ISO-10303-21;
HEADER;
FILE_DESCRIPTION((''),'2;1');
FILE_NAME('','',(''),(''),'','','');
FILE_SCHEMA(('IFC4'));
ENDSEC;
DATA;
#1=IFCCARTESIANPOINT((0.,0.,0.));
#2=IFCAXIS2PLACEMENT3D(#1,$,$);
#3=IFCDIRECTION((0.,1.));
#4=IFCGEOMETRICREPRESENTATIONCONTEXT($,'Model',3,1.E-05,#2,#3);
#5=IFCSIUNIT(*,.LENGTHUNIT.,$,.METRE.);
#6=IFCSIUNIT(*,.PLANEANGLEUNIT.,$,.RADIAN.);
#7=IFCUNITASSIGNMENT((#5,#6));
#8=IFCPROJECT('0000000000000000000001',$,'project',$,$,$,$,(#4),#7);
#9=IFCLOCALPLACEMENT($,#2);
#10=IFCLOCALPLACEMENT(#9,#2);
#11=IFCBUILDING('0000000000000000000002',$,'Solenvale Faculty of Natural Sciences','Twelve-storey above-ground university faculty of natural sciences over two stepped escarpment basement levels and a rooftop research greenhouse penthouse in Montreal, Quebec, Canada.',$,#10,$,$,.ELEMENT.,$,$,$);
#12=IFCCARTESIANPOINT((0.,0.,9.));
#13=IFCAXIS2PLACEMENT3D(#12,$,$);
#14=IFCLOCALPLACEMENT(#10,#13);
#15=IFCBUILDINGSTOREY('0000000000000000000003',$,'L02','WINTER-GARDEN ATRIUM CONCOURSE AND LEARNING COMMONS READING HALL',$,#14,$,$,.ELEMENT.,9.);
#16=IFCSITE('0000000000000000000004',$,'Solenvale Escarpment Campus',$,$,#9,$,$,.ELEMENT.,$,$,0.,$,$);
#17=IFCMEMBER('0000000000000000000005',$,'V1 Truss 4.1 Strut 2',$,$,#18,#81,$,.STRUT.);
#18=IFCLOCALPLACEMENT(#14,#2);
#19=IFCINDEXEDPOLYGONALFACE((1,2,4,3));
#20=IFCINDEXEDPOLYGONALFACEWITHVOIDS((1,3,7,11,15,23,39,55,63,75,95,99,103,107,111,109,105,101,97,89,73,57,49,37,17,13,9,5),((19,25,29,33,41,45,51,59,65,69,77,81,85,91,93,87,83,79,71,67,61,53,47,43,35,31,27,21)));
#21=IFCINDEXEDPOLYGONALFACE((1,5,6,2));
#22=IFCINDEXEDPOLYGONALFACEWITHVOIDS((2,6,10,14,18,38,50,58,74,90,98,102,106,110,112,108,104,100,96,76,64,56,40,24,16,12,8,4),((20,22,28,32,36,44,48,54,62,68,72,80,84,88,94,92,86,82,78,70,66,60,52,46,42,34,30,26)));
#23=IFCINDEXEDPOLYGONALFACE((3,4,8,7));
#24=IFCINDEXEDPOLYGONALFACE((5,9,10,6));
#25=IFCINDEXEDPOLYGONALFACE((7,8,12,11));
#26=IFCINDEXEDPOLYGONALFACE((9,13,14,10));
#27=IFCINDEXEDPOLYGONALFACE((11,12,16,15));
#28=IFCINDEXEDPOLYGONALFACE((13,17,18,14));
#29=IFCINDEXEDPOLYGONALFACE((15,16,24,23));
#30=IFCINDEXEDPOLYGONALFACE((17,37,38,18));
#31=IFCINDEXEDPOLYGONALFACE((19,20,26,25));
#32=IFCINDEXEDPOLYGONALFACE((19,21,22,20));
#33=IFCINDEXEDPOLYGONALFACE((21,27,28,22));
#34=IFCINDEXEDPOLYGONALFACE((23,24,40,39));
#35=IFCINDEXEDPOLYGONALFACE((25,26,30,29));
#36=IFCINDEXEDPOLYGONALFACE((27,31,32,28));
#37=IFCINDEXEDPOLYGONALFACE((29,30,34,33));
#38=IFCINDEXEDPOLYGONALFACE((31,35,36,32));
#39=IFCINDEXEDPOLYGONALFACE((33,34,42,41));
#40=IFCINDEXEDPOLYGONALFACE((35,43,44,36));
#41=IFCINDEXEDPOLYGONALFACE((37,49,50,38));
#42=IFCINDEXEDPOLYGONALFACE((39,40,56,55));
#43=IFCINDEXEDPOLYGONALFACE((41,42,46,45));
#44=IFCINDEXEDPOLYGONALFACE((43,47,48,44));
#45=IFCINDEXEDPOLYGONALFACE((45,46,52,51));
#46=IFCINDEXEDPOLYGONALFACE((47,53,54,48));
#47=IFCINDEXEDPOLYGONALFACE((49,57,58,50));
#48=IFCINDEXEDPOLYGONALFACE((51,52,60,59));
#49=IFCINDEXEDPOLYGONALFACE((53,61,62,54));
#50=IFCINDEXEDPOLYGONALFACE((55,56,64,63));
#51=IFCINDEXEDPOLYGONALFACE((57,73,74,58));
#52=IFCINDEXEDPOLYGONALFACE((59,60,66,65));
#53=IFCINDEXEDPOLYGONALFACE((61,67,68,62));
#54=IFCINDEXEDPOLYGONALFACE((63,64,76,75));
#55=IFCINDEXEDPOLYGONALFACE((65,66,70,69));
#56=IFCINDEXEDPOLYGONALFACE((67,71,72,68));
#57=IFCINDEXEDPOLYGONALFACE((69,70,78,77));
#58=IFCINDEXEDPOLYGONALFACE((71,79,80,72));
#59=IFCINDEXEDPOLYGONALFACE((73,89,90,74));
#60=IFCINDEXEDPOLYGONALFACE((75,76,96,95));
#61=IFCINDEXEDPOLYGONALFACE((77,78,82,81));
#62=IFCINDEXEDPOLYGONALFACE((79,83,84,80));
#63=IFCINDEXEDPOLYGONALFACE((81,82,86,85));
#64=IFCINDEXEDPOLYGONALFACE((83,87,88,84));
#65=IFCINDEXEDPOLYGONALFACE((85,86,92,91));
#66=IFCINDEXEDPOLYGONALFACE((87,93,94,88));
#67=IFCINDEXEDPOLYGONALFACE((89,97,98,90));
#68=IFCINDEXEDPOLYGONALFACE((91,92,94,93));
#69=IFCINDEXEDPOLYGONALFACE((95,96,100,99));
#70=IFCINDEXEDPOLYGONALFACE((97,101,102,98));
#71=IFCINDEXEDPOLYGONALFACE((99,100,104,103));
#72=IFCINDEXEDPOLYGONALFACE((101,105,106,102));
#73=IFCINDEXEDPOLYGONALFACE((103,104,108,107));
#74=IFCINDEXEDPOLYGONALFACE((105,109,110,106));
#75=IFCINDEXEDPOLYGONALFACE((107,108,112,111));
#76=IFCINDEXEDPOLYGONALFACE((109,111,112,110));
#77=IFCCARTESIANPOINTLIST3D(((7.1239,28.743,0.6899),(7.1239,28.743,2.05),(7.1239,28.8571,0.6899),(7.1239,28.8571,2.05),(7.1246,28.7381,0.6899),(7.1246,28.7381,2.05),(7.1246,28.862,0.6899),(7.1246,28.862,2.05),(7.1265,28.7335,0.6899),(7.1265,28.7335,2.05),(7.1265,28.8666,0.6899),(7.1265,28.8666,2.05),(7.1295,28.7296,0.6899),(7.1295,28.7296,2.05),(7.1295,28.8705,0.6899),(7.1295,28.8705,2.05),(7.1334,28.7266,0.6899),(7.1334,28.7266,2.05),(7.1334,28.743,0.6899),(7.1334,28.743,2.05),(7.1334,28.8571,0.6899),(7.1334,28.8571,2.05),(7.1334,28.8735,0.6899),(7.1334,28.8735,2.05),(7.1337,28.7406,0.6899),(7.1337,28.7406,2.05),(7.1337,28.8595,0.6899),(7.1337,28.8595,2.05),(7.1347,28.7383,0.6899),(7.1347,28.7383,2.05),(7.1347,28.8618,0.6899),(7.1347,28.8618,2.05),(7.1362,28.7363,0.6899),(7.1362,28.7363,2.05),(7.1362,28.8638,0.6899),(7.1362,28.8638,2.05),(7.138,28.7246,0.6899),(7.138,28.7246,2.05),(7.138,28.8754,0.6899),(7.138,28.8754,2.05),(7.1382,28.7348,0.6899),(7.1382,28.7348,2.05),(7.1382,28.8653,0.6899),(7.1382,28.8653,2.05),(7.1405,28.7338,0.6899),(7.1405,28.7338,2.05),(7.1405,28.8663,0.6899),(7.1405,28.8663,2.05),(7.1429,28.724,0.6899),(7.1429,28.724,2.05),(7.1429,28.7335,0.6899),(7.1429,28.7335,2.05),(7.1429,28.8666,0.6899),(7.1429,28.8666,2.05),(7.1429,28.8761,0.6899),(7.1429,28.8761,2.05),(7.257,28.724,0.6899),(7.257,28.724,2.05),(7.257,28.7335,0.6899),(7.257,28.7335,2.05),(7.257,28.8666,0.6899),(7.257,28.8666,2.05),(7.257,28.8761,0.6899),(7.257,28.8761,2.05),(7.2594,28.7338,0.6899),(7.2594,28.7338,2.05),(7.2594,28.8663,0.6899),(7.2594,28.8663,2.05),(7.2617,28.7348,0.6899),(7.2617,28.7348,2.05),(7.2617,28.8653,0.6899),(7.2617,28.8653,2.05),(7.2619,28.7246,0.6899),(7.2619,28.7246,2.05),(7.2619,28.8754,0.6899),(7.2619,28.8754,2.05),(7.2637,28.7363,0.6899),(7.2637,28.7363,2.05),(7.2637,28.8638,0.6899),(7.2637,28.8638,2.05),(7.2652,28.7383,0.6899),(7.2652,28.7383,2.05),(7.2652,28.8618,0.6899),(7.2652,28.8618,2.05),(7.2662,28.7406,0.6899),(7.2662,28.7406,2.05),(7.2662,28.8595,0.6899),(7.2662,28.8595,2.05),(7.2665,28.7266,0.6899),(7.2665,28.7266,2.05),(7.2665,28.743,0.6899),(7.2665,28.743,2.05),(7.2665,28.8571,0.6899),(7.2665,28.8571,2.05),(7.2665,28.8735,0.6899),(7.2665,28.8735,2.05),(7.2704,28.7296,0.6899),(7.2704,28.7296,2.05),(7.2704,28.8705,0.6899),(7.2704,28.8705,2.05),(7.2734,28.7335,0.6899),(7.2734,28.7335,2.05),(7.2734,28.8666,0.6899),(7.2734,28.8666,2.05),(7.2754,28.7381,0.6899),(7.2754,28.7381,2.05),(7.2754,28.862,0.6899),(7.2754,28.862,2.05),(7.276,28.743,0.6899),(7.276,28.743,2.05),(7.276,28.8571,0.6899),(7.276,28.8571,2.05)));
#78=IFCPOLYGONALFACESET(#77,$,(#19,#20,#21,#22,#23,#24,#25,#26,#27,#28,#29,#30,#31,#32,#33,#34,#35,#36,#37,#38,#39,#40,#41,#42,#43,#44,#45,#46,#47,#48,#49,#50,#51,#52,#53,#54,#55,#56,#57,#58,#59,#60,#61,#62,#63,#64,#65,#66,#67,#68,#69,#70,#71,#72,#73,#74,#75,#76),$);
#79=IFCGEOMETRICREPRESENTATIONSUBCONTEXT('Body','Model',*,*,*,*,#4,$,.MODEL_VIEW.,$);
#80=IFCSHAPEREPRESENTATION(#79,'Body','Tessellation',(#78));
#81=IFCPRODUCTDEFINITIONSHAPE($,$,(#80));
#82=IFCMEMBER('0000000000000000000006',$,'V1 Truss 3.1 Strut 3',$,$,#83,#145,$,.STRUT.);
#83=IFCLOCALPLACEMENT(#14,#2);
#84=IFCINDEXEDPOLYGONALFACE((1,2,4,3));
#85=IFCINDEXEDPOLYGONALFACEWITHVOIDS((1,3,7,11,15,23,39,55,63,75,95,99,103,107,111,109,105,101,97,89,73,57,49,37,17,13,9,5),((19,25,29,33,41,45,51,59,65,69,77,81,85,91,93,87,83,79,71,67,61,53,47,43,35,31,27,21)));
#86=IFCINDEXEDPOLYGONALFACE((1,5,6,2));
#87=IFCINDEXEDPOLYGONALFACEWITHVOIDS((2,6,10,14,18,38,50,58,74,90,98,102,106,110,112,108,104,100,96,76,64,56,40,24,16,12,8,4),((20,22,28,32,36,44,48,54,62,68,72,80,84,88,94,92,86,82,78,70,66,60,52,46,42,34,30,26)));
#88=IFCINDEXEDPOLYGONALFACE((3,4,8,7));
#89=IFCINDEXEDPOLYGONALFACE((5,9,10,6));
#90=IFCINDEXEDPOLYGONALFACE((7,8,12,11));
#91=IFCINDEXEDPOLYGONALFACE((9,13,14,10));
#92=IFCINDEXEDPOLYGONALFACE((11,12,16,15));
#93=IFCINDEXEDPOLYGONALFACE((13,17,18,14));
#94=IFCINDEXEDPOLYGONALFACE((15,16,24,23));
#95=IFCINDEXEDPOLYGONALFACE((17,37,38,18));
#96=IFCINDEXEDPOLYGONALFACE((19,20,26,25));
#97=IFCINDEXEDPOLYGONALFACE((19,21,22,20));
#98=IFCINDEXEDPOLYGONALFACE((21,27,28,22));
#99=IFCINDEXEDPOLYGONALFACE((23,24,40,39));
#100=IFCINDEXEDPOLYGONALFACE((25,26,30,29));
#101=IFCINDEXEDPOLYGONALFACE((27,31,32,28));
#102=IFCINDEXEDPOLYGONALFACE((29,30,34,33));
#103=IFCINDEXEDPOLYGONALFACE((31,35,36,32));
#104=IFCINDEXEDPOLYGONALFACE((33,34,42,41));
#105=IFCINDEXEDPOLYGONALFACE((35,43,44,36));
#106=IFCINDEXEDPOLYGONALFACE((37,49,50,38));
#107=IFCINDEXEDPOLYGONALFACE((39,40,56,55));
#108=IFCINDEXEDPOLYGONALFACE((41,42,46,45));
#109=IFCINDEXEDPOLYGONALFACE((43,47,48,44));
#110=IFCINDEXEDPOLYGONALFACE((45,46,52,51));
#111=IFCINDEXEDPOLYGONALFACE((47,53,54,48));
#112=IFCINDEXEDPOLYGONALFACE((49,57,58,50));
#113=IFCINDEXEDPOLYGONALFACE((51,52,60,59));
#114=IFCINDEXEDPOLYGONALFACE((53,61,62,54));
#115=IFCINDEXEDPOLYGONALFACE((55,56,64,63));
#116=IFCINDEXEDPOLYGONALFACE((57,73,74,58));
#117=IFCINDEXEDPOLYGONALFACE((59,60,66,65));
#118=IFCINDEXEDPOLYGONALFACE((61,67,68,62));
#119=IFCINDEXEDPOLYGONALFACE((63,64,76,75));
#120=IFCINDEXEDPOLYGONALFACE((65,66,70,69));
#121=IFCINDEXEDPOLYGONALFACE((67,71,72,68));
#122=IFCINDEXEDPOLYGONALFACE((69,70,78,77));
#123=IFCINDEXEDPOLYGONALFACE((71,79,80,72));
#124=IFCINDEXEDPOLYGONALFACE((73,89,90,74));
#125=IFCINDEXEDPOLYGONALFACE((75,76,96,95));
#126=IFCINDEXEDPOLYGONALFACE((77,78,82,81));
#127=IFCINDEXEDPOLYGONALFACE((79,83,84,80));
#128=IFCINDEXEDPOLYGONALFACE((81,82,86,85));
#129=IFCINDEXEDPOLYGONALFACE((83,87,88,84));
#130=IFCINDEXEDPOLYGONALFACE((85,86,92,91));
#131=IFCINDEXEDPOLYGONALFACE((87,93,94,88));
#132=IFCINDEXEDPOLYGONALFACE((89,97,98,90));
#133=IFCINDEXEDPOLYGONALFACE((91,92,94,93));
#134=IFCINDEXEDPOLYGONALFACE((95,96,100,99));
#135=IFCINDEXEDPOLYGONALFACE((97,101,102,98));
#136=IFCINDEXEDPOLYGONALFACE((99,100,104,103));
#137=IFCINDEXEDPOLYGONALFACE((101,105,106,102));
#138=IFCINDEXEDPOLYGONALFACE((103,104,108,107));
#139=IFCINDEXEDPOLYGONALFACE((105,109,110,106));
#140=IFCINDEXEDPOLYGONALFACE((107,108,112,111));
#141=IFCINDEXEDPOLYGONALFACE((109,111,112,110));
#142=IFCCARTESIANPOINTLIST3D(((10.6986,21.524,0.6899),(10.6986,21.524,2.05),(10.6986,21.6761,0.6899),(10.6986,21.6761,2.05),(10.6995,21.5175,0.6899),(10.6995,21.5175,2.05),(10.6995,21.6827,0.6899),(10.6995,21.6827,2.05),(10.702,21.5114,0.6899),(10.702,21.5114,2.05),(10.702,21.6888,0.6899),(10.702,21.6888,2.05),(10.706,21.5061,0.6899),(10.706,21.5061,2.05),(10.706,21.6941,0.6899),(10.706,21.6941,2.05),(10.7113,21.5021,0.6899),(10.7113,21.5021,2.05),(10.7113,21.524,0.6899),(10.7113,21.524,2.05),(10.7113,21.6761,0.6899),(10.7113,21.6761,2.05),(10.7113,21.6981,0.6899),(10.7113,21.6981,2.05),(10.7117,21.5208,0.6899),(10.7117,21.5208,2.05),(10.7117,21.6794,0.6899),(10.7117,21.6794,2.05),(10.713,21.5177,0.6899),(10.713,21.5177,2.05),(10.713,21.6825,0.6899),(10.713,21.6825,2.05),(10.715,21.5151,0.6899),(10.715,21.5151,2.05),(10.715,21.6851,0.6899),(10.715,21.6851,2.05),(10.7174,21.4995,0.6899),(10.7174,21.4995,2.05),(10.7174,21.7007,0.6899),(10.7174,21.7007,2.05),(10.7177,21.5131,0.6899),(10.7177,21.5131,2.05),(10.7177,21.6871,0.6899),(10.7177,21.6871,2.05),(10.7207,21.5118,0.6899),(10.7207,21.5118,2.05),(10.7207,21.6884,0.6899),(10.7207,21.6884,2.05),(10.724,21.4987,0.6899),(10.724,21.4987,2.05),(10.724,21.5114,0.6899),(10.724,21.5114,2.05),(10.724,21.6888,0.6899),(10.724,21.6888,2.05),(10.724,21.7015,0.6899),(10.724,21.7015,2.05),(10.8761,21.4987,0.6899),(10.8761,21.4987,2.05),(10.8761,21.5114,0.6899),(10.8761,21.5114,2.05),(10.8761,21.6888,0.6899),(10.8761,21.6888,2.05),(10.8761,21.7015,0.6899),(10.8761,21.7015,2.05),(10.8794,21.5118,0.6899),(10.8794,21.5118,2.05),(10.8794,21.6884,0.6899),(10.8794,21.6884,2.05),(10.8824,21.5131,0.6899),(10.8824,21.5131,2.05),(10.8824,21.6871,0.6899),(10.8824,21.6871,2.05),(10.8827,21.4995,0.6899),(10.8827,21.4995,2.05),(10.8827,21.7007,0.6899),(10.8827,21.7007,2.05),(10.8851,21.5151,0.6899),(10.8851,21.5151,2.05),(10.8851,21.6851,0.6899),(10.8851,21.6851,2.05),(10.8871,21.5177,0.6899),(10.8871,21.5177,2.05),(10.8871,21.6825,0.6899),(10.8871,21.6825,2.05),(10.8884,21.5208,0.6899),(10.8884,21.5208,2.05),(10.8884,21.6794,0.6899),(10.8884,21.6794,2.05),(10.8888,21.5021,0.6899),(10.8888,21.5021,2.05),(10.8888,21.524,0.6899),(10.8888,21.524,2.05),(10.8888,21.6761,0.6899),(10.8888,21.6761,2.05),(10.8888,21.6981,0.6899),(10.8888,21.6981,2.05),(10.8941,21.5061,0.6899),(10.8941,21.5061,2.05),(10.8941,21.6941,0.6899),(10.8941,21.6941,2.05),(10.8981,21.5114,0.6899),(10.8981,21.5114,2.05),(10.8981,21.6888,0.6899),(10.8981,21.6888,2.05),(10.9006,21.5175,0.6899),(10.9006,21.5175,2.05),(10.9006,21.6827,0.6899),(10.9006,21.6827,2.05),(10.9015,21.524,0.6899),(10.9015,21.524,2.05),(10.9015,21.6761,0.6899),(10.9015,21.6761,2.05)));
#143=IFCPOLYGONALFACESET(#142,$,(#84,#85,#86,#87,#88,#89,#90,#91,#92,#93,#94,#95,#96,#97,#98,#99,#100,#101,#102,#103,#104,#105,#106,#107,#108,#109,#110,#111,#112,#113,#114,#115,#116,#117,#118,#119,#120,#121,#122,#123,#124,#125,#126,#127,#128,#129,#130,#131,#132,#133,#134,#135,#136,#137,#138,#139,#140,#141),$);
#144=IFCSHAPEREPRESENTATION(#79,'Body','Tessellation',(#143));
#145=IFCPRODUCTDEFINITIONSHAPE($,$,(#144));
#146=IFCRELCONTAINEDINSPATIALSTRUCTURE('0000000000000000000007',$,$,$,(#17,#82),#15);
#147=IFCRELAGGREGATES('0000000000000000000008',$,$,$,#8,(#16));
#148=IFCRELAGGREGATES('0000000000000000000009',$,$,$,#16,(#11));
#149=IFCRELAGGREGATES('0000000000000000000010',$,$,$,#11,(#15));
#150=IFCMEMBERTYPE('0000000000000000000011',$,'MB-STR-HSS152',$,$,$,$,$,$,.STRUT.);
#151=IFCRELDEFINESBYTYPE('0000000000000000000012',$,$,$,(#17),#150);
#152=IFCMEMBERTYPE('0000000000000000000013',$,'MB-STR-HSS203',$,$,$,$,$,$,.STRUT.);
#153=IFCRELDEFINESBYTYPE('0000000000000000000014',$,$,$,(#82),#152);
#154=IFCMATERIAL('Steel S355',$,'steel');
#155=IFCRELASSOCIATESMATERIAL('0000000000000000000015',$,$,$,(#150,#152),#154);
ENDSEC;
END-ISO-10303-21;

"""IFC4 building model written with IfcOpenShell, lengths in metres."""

from ifc_helpers import new_model, si_unit, direction, frame, origin, origin_2d, place, context, subcontext, project, spatial, hollow_rectangle, extrude, material, material_profile, profile_set, type_object, element, save


model = new_model("IFC4")

# Units and contexts
model_context = context("Model", 3, precision=1e-05, world=origin(), true_north=direction((0.0, 1.0)))
body_context = subcontext(model_context, "Body", "Model", "MODEL_VIEW")
ifc_project = project(units=[si_unit("LENGTHUNIT", "METRE"), si_unit("PLANEANGLEUNIT", "RADIAN")], contexts=[model_context])

# Site, building, storey
site_placement = place(None, origin())
site = spatial("IfcSite", under=ifc_project, at=site_placement, Name="Solenvale Escarpment Campus", CompositionType="ELEMENT", RefElevation=0.0)
building_placement = place(site_placement, origin())
building = spatial("IfcBuilding", under=site, at=building_placement, Name="Solenvale Faculty of Natural Sciences", Description="Twelve-storey above-ground university faculty of natural sciences over two stepped escarpment basement levels and a rooftop research greenhouse penthouse in Montreal, Quebec, Canada.", CompositionType="ELEMENT")
storey_placement = place(building_placement, frame((0.0, 0.0, 9.0)))
storey = spatial("IfcBuildingStorey", under=building, at=storey_placement, Name="L02", Description="WINTER-GARDEN ATRIUM CONCOURSE AND LEARNING COMMONS READING HALL", CompositionType="ELEMENT", Elevation=9.0)

# Members
ifc_material_1 = material(Name="Steel S355", Category="steel")
ifc_material_profile_1 = material_profile(ifc_material_1, hollow_rectangle(XDim=0.1521, YDim=0.1521, WallThickness=0.0095, InnerFilletRadius=0.0095, OuterFilletRadius=0.019, at=origin_2d()), Name="HSS152x152x9.5")
ifc_profile_set_1 = profile_set([ifc_material_profile_1], Name="Steel S355")
member_type_1 = type_object("IfcMemberType", Name="MB-STR-HSS152", PredefinedType="STRUT", material=ifc_profile_set_1)
for number, where, z_axis, x_axis, name in (
    (1, (7.2, 28.8, 0.6899), (0.0, 0.0, 1.0), (1.0, 0.0, 0.0), "V1 Truss 4.1 Strut 2"),
):
    element("IfcMember", number, at=place(storey_placement, frame(where, z_axis=z_axis, x_axis=x_axis)), inside=storey, type_object=member_type_1, Name=name, PredefinedType="STRUT", context=body_context, shape_type="SweptSolid", body=[
        extrude(hollow_rectangle(XDim=0.1521, YDim=0.1521, WallThickness=0.0095, InnerFilletRadius=0.0095, OuterFilletRadius=0.019, at=origin_2d()), origin(), (0.0, 0.0, 1.0), 1.3601),
    ])
ifc_material_profile_2 = material_profile(ifc_material_1, hollow_rectangle(XDim=0.2029, YDim=0.2029, WallThickness=0.0127, InnerFilletRadius=0.0127, OuterFilletRadius=0.0254, at=origin_2d()), Name="HSS203x203x13")
ifc_profile_set_2 = profile_set([ifc_material_profile_2], Name="Steel S355")
member_type_2 = type_object("IfcMemberType", Name="MB-STR-HSS203", PredefinedType="STRUT", material=ifc_profile_set_2)
for number, where, z_axis, x_axis, name in (
    (2, (10.8, 21.6001, 0.6899), (0.0, 0.0, 1.0), (1.0, 0.0, 0.0), "V1 Truss 3.1 Strut 3"),
):
    element("IfcMember", number, at=place(storey_placement, frame(where, z_axis=z_axis, x_axis=x_axis)), inside=storey, type_object=member_type_2, Name=name, PredefinedType="STRUT", context=body_context, shape_type="SweptSolid", body=[
        extrude(hollow_rectangle(XDim=0.2029, YDim=0.2029, WallThickness=0.0127, InnerFilletRadius=0.0127, OuterFilletRadius=0.0254, at=origin_2d()), origin(), (0.0, 0.0, 1.0), 1.3601),
    ])

save(model, "model.ifc")
